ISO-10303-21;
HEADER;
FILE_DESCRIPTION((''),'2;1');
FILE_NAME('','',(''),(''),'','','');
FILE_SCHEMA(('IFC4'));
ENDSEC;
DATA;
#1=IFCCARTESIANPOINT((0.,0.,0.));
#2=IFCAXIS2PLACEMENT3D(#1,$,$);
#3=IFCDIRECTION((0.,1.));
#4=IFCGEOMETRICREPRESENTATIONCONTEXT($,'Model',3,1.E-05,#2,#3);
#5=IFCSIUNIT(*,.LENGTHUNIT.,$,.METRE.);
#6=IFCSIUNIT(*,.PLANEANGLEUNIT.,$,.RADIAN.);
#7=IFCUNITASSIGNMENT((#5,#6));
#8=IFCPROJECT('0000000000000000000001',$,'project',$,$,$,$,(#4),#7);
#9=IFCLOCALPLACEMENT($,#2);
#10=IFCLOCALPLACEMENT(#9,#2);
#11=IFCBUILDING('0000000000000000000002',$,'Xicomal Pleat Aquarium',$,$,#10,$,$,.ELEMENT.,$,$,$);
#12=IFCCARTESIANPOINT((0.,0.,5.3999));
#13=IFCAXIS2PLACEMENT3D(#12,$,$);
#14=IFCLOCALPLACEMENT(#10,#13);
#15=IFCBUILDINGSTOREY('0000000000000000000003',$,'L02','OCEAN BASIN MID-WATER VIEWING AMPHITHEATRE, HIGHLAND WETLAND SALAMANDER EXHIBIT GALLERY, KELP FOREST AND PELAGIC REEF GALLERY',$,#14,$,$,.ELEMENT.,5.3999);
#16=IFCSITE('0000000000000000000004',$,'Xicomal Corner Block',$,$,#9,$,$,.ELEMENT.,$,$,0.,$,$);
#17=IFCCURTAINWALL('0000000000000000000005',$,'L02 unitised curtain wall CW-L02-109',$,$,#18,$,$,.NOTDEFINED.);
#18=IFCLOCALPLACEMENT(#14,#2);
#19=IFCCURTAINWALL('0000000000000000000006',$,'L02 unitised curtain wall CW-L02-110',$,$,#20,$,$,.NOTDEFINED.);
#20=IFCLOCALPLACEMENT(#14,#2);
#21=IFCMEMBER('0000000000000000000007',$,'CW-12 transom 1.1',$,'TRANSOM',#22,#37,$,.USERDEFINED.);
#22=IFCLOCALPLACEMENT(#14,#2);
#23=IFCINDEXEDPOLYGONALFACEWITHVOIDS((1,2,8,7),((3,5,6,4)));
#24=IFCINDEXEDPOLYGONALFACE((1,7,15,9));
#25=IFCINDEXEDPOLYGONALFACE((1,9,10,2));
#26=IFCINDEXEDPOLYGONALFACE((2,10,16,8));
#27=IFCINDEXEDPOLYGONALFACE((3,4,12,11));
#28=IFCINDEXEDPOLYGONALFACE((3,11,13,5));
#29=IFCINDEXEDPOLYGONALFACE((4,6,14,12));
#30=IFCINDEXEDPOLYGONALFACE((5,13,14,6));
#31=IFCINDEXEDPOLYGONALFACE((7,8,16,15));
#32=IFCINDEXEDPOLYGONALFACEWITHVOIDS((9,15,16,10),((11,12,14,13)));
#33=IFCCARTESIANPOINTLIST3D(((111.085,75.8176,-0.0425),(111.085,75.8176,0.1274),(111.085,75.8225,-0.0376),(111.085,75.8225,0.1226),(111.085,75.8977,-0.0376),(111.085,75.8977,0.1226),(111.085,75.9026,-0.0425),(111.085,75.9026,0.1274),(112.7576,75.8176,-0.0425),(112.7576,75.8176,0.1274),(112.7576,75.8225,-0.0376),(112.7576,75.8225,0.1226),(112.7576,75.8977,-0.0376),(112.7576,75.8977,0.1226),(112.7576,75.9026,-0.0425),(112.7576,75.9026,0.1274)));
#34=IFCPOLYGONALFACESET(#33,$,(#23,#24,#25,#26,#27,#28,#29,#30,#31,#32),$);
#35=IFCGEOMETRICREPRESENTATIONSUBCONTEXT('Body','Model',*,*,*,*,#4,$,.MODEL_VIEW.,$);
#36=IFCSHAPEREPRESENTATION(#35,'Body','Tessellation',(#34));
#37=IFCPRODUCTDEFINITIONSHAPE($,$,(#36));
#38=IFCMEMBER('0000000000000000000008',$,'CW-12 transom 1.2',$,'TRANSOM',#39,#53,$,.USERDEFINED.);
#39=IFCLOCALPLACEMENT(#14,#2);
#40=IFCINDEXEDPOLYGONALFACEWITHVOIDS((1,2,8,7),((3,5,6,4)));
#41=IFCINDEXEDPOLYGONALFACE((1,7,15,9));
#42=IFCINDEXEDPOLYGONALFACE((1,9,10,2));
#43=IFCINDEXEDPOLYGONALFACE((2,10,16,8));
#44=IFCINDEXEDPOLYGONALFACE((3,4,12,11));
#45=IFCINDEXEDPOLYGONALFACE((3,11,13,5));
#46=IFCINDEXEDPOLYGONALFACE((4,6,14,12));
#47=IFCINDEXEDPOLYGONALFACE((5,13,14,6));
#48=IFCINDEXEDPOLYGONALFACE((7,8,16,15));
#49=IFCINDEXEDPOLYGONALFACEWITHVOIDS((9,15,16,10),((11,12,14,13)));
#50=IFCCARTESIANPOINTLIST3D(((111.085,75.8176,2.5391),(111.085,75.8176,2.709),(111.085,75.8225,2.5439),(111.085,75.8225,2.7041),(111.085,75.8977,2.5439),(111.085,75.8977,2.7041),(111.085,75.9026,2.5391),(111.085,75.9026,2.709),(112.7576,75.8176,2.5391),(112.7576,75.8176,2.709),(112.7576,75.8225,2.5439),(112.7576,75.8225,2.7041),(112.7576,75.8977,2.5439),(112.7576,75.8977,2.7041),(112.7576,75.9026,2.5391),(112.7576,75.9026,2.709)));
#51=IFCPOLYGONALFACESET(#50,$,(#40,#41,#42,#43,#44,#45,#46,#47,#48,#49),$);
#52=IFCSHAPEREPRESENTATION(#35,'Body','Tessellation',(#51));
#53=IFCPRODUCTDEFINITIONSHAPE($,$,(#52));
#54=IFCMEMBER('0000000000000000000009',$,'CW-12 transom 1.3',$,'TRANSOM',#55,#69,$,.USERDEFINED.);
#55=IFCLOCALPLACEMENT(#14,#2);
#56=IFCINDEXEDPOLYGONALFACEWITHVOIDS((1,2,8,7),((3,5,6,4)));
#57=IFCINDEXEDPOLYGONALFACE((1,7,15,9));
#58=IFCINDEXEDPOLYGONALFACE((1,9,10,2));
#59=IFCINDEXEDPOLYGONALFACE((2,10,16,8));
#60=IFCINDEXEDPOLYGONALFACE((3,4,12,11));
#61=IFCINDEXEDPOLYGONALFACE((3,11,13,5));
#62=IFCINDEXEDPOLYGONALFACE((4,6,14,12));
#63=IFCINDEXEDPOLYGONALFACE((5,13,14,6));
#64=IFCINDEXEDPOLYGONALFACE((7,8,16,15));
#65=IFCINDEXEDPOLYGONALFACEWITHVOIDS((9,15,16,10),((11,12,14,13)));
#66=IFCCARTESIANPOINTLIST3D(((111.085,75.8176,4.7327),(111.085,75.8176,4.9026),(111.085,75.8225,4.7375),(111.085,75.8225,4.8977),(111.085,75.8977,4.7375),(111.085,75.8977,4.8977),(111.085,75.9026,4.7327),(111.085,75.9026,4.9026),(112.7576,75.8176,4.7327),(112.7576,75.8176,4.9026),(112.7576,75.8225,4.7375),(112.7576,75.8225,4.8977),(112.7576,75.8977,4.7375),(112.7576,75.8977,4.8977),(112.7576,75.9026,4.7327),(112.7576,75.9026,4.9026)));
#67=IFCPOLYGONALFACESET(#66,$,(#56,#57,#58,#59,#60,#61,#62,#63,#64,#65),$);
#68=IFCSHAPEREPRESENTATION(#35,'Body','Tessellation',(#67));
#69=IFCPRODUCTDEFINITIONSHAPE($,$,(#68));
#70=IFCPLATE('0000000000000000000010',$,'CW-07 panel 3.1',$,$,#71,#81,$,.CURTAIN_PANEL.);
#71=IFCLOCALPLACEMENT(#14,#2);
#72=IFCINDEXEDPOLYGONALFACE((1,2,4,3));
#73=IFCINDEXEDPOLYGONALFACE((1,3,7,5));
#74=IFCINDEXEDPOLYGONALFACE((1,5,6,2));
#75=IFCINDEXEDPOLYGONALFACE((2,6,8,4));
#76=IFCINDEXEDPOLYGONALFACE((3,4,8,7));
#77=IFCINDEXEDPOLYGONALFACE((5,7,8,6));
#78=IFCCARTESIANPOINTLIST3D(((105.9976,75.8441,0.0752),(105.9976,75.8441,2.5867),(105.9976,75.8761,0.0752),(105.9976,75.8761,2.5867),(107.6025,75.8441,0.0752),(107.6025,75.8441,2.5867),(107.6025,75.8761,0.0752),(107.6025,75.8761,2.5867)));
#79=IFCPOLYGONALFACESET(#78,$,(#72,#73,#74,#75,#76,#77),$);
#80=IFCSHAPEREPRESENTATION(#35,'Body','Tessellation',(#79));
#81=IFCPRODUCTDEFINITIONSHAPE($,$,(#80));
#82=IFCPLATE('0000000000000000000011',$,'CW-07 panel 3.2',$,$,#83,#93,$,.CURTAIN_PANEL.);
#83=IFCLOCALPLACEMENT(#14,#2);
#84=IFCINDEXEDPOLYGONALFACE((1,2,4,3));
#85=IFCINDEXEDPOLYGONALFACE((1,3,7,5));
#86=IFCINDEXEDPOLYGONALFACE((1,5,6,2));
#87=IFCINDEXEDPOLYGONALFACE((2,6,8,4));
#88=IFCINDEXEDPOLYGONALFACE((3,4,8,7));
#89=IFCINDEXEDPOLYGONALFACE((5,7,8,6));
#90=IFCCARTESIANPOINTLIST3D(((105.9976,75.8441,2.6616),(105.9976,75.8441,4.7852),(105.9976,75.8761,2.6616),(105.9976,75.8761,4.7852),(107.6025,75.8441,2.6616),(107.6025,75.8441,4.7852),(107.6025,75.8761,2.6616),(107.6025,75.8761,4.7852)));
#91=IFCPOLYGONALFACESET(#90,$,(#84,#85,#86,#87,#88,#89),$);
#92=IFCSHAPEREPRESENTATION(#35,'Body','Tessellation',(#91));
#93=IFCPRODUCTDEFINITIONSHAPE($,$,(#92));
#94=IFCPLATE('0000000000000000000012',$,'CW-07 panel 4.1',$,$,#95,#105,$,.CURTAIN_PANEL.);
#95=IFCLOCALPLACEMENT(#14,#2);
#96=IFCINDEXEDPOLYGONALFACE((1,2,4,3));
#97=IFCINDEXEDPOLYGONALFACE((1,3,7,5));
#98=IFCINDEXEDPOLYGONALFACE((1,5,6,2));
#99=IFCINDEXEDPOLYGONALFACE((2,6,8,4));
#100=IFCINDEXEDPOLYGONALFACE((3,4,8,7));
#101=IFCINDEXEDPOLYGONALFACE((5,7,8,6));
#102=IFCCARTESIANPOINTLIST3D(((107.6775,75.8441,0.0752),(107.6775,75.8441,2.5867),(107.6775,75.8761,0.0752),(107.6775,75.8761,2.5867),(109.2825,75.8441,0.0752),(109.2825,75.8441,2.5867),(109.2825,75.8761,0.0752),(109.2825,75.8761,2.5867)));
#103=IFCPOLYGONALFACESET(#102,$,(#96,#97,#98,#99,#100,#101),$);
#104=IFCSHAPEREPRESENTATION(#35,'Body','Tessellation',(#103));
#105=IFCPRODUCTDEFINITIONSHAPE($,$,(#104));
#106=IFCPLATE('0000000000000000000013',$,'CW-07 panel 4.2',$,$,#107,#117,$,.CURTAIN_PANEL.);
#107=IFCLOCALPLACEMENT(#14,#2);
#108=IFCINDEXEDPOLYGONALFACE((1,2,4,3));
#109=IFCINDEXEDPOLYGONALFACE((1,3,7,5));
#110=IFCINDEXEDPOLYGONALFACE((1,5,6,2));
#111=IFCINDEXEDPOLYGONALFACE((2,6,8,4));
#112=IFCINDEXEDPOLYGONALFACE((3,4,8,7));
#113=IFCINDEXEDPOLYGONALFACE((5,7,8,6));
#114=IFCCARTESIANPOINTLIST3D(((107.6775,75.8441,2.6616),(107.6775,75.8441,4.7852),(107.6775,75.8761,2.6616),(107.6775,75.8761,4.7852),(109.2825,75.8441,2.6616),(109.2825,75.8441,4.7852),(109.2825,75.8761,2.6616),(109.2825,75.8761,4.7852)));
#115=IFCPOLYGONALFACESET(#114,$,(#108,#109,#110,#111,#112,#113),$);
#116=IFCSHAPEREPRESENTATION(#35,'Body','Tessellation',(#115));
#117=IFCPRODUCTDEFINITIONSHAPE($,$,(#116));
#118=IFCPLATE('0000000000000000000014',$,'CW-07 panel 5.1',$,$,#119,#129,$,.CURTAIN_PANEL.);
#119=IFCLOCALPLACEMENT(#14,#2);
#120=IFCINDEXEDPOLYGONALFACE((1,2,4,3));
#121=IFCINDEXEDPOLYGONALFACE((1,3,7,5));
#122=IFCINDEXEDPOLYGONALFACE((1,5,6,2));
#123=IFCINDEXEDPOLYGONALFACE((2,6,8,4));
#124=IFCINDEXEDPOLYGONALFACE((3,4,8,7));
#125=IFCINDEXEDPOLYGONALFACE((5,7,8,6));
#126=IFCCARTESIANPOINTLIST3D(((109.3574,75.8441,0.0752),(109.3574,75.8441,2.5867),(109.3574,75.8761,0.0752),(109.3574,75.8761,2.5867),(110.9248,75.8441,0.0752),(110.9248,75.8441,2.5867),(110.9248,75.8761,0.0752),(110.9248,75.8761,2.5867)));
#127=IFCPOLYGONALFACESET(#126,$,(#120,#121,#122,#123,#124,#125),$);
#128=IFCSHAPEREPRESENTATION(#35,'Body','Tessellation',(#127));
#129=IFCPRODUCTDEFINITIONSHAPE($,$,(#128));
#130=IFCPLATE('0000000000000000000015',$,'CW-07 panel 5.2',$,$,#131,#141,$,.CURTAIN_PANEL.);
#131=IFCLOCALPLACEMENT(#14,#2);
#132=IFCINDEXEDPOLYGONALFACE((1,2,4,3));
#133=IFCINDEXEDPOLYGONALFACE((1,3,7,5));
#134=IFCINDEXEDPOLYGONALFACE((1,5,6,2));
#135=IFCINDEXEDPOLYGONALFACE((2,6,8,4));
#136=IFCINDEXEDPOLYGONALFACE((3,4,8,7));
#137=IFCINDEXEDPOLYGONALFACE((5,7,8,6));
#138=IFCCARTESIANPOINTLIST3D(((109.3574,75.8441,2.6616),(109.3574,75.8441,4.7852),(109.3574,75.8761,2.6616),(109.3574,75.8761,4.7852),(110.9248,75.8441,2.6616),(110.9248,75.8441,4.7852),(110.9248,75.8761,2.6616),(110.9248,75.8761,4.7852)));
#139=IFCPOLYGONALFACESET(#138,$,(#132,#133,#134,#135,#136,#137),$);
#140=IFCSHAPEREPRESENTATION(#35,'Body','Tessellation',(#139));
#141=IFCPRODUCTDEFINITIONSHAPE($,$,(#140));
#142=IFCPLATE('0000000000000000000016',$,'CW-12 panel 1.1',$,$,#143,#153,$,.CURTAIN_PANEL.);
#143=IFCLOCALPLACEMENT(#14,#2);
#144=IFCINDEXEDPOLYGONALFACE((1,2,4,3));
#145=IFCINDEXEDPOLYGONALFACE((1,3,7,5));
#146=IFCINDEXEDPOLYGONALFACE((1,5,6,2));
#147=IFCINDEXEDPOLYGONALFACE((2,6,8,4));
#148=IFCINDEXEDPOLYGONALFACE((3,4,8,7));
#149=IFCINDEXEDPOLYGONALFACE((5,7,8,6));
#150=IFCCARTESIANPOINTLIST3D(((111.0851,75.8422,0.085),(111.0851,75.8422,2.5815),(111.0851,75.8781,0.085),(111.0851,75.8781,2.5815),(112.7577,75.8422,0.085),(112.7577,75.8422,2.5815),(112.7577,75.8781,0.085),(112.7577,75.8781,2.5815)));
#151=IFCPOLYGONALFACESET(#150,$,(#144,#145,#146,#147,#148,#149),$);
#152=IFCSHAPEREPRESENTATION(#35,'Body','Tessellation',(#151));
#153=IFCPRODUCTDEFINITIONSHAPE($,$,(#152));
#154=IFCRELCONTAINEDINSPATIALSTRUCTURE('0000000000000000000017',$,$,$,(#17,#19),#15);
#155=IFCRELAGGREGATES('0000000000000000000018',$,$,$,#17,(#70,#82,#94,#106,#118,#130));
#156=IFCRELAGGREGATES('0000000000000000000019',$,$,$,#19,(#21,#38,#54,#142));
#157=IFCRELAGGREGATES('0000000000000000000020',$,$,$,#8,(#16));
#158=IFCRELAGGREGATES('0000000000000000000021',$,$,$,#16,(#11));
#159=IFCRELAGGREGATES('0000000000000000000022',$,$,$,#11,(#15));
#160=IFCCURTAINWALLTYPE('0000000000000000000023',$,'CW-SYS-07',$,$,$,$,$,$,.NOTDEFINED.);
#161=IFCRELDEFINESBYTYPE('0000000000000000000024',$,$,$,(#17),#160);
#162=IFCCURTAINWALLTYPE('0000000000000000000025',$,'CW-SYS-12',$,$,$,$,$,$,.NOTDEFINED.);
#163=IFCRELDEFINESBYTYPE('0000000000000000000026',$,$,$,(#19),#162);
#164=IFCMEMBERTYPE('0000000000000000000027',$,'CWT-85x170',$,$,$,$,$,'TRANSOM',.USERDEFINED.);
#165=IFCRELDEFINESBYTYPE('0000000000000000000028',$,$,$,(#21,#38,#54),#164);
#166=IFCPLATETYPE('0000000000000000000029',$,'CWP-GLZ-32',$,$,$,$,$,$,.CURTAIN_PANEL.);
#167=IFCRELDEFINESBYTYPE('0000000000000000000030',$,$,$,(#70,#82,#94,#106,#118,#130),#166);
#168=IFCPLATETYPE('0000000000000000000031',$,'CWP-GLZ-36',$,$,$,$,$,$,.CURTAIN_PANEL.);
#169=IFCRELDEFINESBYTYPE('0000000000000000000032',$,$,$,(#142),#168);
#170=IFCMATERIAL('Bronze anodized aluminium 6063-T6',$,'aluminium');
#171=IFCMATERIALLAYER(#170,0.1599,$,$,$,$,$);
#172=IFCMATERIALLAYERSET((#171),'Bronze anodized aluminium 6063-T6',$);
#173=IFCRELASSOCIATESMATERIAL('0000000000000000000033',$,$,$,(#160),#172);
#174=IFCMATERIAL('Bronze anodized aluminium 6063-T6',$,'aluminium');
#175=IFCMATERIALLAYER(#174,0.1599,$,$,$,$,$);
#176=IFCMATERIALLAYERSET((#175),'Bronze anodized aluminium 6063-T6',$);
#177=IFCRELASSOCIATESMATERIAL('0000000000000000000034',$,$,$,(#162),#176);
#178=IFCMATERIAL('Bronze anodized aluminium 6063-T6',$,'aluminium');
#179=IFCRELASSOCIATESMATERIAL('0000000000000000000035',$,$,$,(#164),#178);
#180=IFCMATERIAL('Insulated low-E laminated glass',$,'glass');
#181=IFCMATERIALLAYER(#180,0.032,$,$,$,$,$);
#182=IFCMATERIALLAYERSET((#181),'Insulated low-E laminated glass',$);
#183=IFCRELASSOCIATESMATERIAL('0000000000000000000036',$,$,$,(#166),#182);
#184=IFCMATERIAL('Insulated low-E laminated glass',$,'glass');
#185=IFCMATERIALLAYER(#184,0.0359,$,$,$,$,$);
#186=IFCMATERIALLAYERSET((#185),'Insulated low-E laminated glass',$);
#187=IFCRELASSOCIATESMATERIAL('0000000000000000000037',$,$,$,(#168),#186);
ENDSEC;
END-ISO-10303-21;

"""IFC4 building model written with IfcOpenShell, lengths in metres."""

from ifc_helpers import new_model, si_unit, direction, frame, origin, origin_2d, place, context, subcontext, project, spatial, rectangle, hollow_rectangle, extrude, material, layer, layer_set, material_profile, profile_set, type_object, element, aggregate, save


model = new_model("IFC4")

# Units and contexts
model_context = context("Model", 3, precision=1e-05, world=origin(), true_north=direction((0.0, 1.0)))
body_context = subcontext(model_context, "Body", "Model", "MODEL_VIEW")
ifc_project = project(units=[si_unit("LENGTHUNIT", "METRE"), si_unit("PLANEANGLEUNIT", "RADIAN")], contexts=[model_context])

# Site, building, storey
site_placement = place(None, origin())
site = spatial("IfcSite", under=ifc_project, at=site_placement, Name="Xicomal Corner Block", CompositionType="ELEMENT", RefElevation=0.0)
building_placement = place(site_placement, origin())
building = spatial("IfcBuilding", under=site, at=building_placement, Name="Xicomal Pleat Aquarium", CompositionType="ELEMENT")
storey_placement = place(building_placement, frame((0.0, 0.0, 5.3999)))
storey = spatial("IfcBuildingStorey", under=building, at=storey_placement, Name="L02", Description="OCEAN BASIN MID-WATER VIEWING AMPHITHEATRE, HIGHLAND WETLAND SALAMANDER EXHIBIT GALLERY, KELP FOREST AND PELAGIC REEF GALLERY", CompositionType="ELEMENT", Elevation=5.3999)

# Curtain walls, members
ifc_material_1 = material(Name="Bronze anodized aluminium 6063-T6", Category="aluminium")
ifc_layer_1 = layer(ifc_material_1, 0.1599)
ifc_layer_set_1 = layer_set([ifc_layer_1], Name="Bronze anodized aluminium 6063-T6")
curtain_wall_type_1 = type_object("IfcCurtainWallType", Name="CW-SYS-07", PredefinedType="NOTDEFINED", material=ifc_layer_set_1)
curtain_wall_1_placement = place(storey_placement, origin())
curtain_wall_1 = element("IfcCurtainWall", 1, at=curtain_wall_1_placement, inside=storey, type_object=curtain_wall_type_1, Name="L02 unitised curtain wall CW-L02-109", PredefinedType="NOTDEFINED")
ifc_material_2 = material(Name="Bronze anodized aluminium 6063-T6", Category="aluminium")
ifc_layer_2 = layer(ifc_material_2, 0.1599)
ifc_layer_set_2 = layer_set([ifc_layer_2], Name="Bronze anodized aluminium 6063-T6")
curtain_wall_type_2 = type_object("IfcCurtainWallType", Name="CW-SYS-12", PredefinedType="NOTDEFINED", material=ifc_layer_set_2)
curtain_wall_2_placement = place(storey_placement, origin())
curtain_wall_2 = element("IfcCurtainWall", 2, at=curtain_wall_2_placement, inside=storey, type_object=curtain_wall_type_2, Name="L02 unitised curtain wall CW-L02-110", PredefinedType="NOTDEFINED")
ifc_material_3 = material(Name="Bronze anodized aluminium 6063-T6", Category="aluminium")
ifc_material_profile_1 = material_profile(ifc_material_3, hollow_rectangle(XDim=0.085, YDim=0.1699, WallThickness=0.0049, at=origin_2d()), Name="ALU TRAN 85x170")
ifc_profile_set_1 = profile_set([ifc_material_profile_1], Name="Bronze anodized aluminium 6063-T6")
member_type_1 = type_object("IfcMemberType", Name="CWT-85x170", ElementType="TRANSOM", PredefinedType="USERDEFINED", material=ifc_profile_set_1)
member_1_placement = place(storey_placement, frame((111.085, 75.8601, 0.0425), z_axis=(1.0, 0.0, 0.0), x_axis=(0.0, 1.0, 0.0)))
member_1 = element("IfcMember", 3, at=member_1_placement, type_object=member_type_1, Name="CW-12 transom 1.1", ObjectType="TRANSOM", PredefinedType="USERDEFINED", context=body_context, shape_type="SweptSolid", body=[
    extrude(hollow_rectangle(XDim=0.085, YDim=0.1699, WallThickness=0.0049, at=origin_2d()), origin(), (0.0, 0.0, 1.0), 1.6726),
])
member_2_placement = place(storey_placement, frame((111.085, 75.8601, 2.624), z_axis=(1.0, 0.0, 0.0), x_axis=(0.0, 1.0, 0.0)))
member_2 = element("IfcMember", 4, at=member_2_placement, type_object=member_type_1, Name="CW-12 transom 1.2", ObjectType="TRANSOM", PredefinedType="USERDEFINED", context=body_context, shape_type="SweptSolid", body=[
    extrude(hollow_rectangle(XDim=0.085, YDim=0.1699, WallThickness=0.0049, at=origin_2d()), origin(), (0.0, 0.0, 1.0), 1.6726),
])
member_3_placement = place(storey_placement, frame((111.085, 75.8601, 4.8176), z_axis=(1.0, 0.0, 0.0), x_axis=(0.0, 1.0, 0.0)))
member_3 = element("IfcMember", 5, at=member_3_placement, type_object=member_type_1, Name="CW-12 transom 1.3", ObjectType="TRANSOM", PredefinedType="USERDEFINED", context=body_context, shape_type="SweptSolid", body=[
    extrude(hollow_rectangle(XDim=0.085, YDim=0.1699, WallThickness=0.0049, at=origin_2d()), origin(), (0.0, 0.0, 1.0), 1.6726),
])

# Plates
ifc_material_4 = material(Name="Insulated low-E laminated glass", Category="glass")
ifc_layer_3 = layer(ifc_material_4, 0.032)
ifc_layer_set_3 = layer_set([ifc_layer_3], Name="Insulated low-E laminated glass")
plate_type_1 = type_object("IfcPlateType", Name="CWP-GLZ-32", PredefinedType="CURTAIN_PANEL", material=ifc_layer_set_3)
plate_1_placement = place(storey_placement, frame((106.8, 75.8601, 0.0752), z_axis=(0.0, 0.0, 1.0), x_axis=(1.0, 0.0, 0.0)))
plate_1 = element("IfcPlate", 6, at=plate_1_placement, type_object=plate_type_1, Name="CW-07 panel 3.1", PredefinedType="CURTAIN_PANEL", context=body_context, shape_type="SweptSolid", body=[
    extrude(rectangle(XDim=1.605, YDim=0.032, at=origin_2d()), origin(), (0.0, 0.0, 1.0), 2.5115),
])
plate_2_placement = place(storey_placement, frame((106.8, 75.8601, 2.6616), z_axis=(0.0, 0.0, 1.0), x_axis=(1.0, 0.0, 0.0)))
plate_2 = element("IfcPlate", 7, at=plate_2_placement, type_object=plate_type_1, Name="CW-07 panel 3.2", PredefinedType="CURTAIN_PANEL", context=body_context, shape_type="SweptSolid", body=[
    extrude(rectangle(XDim=1.605, YDim=0.032, at=origin_2d()), origin(), (0.0, 0.0, 1.0), 2.1235),
])
plate_3_placement = place(storey_placement, frame((108.48, 75.8601, 0.0752), z_axis=(0.0, 0.0, 1.0), x_axis=(1.0, 0.0, 0.0)))
plate_3 = element("IfcPlate", 8, at=plate_3_placement, type_object=plate_type_1, Name="CW-07 panel 4.1", PredefinedType="CURTAIN_PANEL", context=body_context, shape_type="SweptSolid", body=[
    extrude(rectangle(XDim=1.605, YDim=0.032, at=origin_2d()), origin(), (0.0, 0.0, 1.0), 2.5115),
])
plate_4_placement = place(storey_placement, frame((108.48, 75.8601, 2.6616), z_axis=(0.0, 0.0, 1.0), x_axis=(1.0, 0.0, 0.0)))
plate_4 = element("IfcPlate", 9, at=plate_4_placement, type_object=plate_type_1, Name="CW-07 panel 4.2", PredefinedType="CURTAIN_PANEL", context=body_context, shape_type="SweptSolid", body=[
    extrude(rectangle(XDim=1.605, YDim=0.032, at=origin_2d()), origin(), (0.0, 0.0, 1.0), 2.1235),
])
plate_5_placement = place(storey_placement, frame((110.1411, 75.8601, 0.0752), z_axis=(0.0, 0.0, 1.0), x_axis=(1.0, 0.0, 0.0)))
plate_5 = element("IfcPlate", 10, at=plate_5_placement, type_object=plate_type_1, Name="CW-07 panel 5.1", PredefinedType="CURTAIN_PANEL", context=body_context, shape_type="SweptSolid", body=[
    extrude(rectangle(XDim=1.5674, YDim=0.032, at=origin_2d()), origin(), (0.0, 0.0, 1.0), 2.5115),
])
plate_6_placement = place(storey_placement, frame((110.1411, 75.8601, 2.6616), z_axis=(0.0, 0.0, 1.0), x_axis=(1.0, 0.0, 0.0)))
plate_6 = element("IfcPlate", 11, at=plate_6_placement, type_object=plate_type_1, Name="CW-07 panel 5.2", PredefinedType="CURTAIN_PANEL", context=body_context, shape_type="SweptSolid", body=[
    extrude(rectangle(XDim=1.5674, YDim=0.032, at=origin_2d()), origin(), (0.0, 0.0, 1.0), 2.1235),
])
aggregate(curtain_wall_1, [plate_1, plate_2, plate_3, plate_4, plate_5, plate_6])
ifc_material_5 = material(Name="Insulated low-E laminated glass", Category="glass")
ifc_layer_4 = layer(ifc_material_5, 0.0359)
ifc_layer_set_4 = layer_set([ifc_layer_4], Name="Insulated low-E laminated glass")
plate_type_2 = type_object("IfcPlateType", Name="CWP-GLZ-36", PredefinedType="CURTAIN_PANEL", material=ifc_layer_set_4)
plate_7_placement = place(storey_placement, frame((111.9214, 75.8601, 0.085), z_axis=(0.0, 0.0, 1.0), x_axis=(1.0, 0.0, 0.0)))
plate_7 = element("IfcPlate", 12, at=plate_7_placement, type_object=plate_type_2, Name="CW-12 panel 1.1", PredefinedType="CURTAIN_PANEL", context=body_context, shape_type="SweptSolid", body=[
    extrude(rectangle(XDim=1.6726, YDim=0.0359, at=origin_2d()), origin(), (0.0, 0.0, 1.0), 2.4966),
])
aggregate(curtain_wall_2, [member_1, member_2, member_3, plate_7])

save(model, "model.ifc")
